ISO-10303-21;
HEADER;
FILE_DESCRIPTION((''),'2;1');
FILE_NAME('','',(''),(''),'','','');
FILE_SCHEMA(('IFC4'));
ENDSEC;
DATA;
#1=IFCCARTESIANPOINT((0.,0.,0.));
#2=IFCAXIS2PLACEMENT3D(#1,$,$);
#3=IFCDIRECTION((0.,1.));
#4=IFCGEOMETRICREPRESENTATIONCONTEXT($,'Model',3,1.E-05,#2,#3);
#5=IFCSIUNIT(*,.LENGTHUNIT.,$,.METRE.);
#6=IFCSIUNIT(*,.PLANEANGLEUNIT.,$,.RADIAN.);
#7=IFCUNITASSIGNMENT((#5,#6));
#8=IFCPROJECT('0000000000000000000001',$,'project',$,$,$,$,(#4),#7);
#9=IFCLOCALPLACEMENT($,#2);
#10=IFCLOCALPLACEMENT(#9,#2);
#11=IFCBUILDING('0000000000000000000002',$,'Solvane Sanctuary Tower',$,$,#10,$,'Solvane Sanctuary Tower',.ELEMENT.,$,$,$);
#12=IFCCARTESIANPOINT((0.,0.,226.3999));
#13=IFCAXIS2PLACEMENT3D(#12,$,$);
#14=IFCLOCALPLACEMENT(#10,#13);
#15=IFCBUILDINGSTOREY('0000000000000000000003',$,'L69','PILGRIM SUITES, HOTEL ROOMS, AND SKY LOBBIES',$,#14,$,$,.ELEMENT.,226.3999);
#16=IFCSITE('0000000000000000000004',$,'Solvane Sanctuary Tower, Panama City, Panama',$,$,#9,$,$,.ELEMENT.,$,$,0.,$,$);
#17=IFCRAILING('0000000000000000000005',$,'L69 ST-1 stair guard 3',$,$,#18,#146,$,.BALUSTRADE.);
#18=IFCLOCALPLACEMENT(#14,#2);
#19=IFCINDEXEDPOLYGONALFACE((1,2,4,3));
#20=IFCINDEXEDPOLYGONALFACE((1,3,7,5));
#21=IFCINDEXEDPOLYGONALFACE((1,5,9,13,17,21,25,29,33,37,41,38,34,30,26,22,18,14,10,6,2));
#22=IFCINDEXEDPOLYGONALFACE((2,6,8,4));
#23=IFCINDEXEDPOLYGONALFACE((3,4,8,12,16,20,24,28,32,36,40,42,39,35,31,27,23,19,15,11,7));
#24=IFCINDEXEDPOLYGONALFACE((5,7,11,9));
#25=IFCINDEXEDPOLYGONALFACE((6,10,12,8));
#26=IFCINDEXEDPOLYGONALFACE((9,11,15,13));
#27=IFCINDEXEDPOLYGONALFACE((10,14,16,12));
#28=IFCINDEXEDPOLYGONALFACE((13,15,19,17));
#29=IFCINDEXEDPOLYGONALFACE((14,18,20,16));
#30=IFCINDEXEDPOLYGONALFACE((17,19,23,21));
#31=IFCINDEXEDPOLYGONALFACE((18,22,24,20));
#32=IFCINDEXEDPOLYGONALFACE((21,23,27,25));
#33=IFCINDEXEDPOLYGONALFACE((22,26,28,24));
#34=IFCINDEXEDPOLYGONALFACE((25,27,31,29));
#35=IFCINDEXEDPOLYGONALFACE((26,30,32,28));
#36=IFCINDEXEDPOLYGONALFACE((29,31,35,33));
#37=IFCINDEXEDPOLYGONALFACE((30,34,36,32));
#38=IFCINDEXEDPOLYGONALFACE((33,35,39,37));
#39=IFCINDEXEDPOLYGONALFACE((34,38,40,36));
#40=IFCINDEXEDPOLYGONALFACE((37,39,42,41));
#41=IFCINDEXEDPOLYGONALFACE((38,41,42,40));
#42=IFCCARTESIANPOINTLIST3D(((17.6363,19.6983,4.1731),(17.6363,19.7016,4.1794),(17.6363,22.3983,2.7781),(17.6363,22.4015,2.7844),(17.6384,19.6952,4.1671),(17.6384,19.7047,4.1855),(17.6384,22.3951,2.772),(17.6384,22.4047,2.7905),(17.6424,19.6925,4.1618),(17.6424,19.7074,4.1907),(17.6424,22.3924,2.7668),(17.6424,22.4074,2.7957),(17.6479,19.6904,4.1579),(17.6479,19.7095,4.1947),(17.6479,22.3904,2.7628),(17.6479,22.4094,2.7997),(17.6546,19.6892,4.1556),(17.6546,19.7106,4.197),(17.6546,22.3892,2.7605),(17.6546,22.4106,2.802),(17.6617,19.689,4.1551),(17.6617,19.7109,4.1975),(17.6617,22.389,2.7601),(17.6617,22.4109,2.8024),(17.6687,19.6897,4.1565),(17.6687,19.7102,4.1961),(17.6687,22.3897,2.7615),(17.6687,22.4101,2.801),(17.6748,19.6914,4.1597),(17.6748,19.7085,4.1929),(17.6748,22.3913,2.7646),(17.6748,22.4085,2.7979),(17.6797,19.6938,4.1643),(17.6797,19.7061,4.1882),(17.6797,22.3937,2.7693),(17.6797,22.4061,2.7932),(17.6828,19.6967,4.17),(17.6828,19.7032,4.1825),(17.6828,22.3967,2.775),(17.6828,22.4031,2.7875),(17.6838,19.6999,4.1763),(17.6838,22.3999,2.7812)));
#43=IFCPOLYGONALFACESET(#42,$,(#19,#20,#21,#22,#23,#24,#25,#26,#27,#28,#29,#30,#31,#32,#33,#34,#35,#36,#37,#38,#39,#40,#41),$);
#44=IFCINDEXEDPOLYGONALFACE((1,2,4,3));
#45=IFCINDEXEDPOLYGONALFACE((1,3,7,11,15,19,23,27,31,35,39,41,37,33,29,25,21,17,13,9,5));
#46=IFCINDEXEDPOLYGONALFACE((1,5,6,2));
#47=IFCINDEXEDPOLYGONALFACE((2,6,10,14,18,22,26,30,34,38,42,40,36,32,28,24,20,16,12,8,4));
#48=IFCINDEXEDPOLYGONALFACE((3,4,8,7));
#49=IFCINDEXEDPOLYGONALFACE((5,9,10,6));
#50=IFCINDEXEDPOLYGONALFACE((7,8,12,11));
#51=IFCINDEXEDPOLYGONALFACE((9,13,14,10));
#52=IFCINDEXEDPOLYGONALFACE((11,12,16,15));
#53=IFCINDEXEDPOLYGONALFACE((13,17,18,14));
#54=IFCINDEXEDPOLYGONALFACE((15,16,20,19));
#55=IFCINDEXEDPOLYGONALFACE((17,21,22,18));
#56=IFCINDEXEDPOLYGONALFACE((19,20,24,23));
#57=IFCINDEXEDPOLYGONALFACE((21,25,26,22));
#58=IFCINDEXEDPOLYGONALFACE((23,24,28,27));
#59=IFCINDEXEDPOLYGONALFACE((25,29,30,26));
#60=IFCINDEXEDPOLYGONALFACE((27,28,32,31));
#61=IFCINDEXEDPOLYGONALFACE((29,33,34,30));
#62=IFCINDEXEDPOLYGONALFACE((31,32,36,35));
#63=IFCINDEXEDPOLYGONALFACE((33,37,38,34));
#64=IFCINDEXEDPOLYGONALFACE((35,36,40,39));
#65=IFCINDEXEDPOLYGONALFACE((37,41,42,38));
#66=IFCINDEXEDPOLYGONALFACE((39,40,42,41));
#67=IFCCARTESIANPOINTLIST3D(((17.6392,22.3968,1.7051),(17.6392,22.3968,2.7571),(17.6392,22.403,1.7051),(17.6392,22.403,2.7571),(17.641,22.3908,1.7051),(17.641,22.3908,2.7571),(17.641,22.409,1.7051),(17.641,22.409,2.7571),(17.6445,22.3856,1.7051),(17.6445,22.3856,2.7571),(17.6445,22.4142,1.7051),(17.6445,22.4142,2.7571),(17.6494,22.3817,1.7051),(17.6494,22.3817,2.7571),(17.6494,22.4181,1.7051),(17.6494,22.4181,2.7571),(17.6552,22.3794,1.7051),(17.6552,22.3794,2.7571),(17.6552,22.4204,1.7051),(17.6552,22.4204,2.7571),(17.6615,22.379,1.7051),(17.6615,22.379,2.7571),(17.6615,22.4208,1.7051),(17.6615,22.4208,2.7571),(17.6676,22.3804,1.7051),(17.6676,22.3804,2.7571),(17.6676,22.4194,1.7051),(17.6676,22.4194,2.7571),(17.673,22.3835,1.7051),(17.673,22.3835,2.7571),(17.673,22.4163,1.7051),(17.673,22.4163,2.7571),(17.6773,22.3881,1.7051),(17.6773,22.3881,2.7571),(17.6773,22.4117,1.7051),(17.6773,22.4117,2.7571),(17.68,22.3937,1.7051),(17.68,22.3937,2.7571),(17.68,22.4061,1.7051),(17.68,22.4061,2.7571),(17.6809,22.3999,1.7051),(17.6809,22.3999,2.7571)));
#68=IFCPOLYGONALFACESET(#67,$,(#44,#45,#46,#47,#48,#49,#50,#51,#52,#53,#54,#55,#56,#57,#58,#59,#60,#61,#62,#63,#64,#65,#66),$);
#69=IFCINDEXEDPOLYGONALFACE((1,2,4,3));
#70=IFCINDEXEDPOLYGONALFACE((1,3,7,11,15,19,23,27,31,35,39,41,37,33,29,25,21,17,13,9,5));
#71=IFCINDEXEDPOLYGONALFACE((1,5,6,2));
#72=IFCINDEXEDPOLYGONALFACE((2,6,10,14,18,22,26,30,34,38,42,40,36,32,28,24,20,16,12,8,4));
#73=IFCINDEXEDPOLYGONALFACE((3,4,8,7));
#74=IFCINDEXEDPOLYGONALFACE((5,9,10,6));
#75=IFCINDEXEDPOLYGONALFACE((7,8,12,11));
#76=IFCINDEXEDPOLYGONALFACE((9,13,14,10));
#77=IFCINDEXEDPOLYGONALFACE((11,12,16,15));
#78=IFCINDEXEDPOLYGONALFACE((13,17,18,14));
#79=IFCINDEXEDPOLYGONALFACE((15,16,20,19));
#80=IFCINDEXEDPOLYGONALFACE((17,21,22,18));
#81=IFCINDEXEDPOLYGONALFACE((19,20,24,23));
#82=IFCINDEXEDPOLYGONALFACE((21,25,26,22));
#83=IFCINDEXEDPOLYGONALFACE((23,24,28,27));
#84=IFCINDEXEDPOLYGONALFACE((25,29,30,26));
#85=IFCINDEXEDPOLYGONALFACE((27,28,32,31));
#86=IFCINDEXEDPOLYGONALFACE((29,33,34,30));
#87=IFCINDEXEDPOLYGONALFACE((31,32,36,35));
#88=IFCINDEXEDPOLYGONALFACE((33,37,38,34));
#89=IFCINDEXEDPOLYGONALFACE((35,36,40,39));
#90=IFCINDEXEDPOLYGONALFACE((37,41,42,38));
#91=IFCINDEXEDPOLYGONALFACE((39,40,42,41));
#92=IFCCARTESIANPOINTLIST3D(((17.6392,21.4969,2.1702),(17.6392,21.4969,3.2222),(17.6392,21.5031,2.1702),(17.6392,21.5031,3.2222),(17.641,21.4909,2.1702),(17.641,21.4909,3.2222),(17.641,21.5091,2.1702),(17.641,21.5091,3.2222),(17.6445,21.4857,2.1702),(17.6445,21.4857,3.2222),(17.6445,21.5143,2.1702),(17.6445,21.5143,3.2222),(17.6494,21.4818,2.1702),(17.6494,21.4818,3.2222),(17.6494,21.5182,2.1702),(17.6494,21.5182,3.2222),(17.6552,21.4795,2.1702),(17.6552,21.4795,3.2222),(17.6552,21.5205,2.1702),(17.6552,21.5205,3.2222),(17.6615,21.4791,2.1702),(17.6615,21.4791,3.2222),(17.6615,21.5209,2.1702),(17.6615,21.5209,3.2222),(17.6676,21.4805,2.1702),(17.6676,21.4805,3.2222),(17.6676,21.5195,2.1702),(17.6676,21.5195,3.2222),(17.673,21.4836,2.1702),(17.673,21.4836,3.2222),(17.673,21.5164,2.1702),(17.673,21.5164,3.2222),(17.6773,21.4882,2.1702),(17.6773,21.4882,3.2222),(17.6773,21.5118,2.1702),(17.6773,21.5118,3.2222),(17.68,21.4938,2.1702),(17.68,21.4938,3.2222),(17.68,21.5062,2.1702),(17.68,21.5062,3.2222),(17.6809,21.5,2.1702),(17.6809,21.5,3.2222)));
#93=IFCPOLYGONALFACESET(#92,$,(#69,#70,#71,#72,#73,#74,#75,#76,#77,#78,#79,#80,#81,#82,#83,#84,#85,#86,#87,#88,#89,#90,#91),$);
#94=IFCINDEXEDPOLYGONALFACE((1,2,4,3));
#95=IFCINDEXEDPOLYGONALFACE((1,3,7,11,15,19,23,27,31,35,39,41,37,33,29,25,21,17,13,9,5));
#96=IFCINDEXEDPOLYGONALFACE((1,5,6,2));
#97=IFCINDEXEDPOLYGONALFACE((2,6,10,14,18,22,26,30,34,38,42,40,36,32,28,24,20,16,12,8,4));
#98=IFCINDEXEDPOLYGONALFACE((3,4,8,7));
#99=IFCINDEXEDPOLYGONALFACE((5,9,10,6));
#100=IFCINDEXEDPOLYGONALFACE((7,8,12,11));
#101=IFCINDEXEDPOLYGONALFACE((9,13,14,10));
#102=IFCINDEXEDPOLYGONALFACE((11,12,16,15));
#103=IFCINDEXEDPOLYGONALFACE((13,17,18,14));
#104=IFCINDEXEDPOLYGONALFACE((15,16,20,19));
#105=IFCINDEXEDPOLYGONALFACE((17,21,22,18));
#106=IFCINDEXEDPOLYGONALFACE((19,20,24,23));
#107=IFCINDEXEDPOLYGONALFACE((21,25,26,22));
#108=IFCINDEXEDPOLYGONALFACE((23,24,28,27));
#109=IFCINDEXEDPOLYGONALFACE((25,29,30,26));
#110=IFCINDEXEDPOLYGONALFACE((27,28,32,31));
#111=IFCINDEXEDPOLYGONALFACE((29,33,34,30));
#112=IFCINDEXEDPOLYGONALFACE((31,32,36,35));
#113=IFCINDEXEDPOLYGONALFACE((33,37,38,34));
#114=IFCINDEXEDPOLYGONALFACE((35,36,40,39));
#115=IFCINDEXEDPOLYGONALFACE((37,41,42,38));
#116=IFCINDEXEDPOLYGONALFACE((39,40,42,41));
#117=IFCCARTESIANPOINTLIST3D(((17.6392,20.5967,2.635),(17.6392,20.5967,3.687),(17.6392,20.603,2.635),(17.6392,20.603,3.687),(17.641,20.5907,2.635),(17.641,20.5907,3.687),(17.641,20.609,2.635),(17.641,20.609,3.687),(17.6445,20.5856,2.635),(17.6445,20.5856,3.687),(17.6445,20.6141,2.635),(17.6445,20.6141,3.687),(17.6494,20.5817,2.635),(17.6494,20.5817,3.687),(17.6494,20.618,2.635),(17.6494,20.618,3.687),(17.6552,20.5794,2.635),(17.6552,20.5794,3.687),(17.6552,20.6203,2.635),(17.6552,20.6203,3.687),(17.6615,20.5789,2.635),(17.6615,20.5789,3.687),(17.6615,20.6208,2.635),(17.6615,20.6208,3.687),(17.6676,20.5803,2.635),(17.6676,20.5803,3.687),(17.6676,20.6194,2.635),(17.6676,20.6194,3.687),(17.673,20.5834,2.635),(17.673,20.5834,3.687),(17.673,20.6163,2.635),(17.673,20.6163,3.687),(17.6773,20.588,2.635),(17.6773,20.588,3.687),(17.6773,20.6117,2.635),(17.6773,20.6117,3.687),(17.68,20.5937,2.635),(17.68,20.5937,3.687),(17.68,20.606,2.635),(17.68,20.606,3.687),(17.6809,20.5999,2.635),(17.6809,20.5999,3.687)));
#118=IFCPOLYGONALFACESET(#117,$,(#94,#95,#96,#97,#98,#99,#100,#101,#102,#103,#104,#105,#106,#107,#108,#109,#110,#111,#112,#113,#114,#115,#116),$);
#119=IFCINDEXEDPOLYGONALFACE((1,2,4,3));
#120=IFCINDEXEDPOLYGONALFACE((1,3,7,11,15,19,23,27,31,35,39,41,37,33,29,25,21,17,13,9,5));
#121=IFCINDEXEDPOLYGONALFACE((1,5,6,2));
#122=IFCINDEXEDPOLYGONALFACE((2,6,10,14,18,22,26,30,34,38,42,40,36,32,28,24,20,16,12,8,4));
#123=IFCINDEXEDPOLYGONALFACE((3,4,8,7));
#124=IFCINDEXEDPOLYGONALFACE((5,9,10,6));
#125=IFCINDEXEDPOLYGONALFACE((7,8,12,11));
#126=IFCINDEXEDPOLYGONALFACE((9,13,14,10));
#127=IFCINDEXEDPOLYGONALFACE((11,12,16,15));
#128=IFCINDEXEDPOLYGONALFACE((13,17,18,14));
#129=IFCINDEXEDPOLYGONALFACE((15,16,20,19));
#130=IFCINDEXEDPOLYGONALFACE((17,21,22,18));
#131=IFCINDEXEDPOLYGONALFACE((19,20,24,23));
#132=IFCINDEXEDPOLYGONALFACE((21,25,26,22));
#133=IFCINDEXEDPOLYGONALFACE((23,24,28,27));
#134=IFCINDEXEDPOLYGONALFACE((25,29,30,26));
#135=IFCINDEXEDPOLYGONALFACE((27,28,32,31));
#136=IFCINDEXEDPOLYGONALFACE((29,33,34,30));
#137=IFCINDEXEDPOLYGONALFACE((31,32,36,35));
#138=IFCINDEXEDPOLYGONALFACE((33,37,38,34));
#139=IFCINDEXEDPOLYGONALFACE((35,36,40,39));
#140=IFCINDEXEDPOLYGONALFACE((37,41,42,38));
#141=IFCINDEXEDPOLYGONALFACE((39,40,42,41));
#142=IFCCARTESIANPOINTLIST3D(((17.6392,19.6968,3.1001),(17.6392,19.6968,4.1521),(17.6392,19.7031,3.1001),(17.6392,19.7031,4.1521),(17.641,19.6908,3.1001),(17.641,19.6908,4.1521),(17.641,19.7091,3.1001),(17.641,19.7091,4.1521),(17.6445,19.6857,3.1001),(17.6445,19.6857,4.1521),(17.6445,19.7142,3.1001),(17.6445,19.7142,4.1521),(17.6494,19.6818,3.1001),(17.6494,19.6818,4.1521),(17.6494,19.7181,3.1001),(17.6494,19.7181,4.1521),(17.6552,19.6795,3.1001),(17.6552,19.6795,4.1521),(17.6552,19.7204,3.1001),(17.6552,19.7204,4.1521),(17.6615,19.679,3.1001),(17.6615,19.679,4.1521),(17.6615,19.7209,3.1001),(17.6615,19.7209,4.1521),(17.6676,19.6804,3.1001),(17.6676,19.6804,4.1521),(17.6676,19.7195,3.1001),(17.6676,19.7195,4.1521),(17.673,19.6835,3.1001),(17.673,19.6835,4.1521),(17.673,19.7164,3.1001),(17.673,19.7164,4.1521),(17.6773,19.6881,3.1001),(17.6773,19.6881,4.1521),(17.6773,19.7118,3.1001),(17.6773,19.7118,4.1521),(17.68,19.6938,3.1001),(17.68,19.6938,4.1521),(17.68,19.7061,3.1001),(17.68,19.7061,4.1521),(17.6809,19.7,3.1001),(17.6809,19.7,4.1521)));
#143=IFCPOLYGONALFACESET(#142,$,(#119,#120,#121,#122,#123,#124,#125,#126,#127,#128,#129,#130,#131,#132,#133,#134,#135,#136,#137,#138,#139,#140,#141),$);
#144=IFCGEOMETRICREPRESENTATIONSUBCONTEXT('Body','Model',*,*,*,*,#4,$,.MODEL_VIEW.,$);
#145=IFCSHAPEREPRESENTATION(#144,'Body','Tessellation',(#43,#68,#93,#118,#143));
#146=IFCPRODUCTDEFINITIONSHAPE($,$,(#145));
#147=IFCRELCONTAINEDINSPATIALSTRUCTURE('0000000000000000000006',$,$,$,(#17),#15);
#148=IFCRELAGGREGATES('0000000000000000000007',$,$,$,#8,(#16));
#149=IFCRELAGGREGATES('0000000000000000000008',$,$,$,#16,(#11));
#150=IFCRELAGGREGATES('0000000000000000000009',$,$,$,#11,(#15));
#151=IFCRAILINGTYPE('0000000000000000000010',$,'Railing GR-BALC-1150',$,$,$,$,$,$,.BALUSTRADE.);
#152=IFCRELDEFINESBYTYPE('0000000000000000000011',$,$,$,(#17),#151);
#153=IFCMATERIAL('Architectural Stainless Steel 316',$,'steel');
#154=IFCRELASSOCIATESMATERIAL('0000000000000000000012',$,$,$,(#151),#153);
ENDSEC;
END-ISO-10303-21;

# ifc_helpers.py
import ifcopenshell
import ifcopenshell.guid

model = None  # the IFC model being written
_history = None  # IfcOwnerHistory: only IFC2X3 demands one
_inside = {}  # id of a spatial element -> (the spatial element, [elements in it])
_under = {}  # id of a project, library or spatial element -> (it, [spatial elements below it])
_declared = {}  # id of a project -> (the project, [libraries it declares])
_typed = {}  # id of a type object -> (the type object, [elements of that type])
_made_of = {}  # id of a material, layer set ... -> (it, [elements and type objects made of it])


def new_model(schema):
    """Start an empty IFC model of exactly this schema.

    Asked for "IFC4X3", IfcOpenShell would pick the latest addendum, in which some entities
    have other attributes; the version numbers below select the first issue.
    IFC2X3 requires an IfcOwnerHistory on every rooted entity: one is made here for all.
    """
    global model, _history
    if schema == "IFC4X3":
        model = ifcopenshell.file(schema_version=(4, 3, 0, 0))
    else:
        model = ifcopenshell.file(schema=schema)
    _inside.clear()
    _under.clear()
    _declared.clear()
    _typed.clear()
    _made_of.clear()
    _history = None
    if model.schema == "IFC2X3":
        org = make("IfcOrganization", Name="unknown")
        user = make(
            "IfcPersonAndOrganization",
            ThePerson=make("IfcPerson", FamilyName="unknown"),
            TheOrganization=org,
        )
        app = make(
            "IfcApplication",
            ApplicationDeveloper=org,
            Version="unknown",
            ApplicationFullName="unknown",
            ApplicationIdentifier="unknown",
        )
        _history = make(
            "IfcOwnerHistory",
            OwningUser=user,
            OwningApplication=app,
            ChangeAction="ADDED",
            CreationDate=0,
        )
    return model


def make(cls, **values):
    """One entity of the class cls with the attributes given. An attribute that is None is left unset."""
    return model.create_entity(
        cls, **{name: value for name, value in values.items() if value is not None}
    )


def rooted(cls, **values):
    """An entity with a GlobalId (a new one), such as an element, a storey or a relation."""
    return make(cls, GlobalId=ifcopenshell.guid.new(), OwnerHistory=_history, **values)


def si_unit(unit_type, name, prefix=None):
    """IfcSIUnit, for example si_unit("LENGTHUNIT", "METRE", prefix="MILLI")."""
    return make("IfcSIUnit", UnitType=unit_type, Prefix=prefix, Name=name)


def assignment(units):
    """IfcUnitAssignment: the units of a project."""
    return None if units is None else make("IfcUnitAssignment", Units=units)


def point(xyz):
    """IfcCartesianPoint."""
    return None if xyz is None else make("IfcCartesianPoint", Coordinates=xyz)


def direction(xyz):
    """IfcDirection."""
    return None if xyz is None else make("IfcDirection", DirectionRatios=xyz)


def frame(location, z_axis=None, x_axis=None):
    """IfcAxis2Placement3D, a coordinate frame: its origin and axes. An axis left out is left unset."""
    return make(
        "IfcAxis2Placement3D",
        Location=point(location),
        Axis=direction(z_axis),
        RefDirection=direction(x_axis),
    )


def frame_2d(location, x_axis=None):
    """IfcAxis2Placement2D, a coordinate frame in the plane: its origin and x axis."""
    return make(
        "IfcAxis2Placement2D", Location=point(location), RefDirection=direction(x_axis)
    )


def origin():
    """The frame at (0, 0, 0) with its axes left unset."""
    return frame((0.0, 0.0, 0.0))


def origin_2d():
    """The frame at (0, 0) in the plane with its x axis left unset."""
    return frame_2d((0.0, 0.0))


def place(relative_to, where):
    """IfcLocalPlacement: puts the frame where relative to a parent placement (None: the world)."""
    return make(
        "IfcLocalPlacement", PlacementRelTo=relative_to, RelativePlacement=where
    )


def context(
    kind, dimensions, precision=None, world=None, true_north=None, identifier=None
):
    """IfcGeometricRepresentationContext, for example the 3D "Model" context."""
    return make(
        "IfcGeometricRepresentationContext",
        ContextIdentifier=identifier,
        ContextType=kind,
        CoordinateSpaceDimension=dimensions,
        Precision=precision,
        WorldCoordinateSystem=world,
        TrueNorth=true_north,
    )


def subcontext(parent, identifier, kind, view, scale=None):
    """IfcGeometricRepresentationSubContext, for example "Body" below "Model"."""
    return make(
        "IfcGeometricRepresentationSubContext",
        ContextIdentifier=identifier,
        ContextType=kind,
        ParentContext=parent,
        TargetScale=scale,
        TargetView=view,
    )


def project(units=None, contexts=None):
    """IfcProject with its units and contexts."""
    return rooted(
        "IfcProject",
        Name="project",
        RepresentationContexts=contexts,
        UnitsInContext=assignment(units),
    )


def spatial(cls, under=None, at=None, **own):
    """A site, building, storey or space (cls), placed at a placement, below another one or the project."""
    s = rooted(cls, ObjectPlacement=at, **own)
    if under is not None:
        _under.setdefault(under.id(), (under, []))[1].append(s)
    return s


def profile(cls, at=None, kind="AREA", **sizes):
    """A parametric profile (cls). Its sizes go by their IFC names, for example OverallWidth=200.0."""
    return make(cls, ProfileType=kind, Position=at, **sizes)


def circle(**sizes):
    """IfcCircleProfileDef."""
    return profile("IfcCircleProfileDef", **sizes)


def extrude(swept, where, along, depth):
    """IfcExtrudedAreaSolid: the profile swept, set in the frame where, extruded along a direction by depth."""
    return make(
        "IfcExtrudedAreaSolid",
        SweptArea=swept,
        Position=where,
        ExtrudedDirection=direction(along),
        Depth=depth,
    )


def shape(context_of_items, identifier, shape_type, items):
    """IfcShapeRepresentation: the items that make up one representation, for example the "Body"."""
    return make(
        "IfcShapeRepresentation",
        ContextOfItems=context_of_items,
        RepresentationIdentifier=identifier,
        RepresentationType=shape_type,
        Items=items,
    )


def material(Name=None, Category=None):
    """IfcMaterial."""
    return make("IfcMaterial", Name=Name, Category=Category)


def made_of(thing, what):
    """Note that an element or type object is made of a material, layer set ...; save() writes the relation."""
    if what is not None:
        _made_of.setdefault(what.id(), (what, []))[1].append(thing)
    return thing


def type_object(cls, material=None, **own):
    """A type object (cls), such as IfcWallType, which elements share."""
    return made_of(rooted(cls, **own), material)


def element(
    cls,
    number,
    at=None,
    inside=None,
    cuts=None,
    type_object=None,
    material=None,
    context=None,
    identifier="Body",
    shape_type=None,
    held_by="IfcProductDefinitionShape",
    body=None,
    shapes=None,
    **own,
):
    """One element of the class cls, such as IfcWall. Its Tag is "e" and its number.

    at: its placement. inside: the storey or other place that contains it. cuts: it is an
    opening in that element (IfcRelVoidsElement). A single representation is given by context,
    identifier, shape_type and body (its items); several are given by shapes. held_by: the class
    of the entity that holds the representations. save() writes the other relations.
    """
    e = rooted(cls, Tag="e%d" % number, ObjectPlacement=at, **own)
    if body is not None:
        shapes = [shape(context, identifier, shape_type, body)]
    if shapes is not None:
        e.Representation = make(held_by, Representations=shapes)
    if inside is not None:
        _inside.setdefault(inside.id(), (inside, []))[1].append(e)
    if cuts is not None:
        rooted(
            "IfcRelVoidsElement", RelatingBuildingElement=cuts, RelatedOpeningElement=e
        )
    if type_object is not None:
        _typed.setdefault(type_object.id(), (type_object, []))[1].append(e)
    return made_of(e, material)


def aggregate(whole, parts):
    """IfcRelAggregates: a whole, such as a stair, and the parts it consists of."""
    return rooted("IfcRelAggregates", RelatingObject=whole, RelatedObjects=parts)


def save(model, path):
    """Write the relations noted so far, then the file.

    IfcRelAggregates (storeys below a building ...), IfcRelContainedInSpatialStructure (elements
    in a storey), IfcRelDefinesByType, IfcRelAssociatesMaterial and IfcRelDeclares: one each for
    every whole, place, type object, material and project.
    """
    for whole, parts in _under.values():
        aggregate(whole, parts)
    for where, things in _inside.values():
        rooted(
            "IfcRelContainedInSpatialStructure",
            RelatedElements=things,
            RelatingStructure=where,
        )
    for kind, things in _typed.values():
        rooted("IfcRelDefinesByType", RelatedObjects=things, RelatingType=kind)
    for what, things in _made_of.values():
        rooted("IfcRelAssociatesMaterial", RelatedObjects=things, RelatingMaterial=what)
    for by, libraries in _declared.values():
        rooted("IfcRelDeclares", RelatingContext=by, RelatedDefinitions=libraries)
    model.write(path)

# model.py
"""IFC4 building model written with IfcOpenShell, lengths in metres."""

from ifc_helpers import new_model, si_unit, direction, frame, origin, origin_2d, place, context, subcontext, project, spatial, circle, extrude, material, type_object, element, save


model = new_model("IFC4")

# Units and contexts
model_context = context("Model", 3, precision=1e-05, world=origin(), true_north=direction((0.0, 1.0)))
body_context = subcontext(model_context, "Body", "Model", "MODEL_VIEW")
ifc_project = project(units=[si_unit("LENGTHUNIT", "METRE"), si_unit("PLANEANGLEUNIT", "RADIAN")], contexts=[model_context])

# Site, building, storey
site_placement = place(None, origin())
site = spatial("IfcSite", under=ifc_project, at=site_placement, Name="Solvane Sanctuary Tower, Panama City, Panama", CompositionType="ELEMENT", RefElevation=0.0)
building_placement = place(site_placement, origin())
building = spatial("IfcBuilding", under=site, at=building_placement, Name="Solvane Sanctuary Tower", LongName="Solvane Sanctuary Tower", CompositionType="ELEMENT")
storey_placement = place(building_placement, frame((0.0, 0.0, 226.3999)))
storey = spatial("IfcBuildingStorey", under=building, at=storey_placement, Name="L69", Description="PILGRIM SUITES, HOTEL ROOMS, AND SKY LOBBIES", CompositionType="ELEMENT", Elevation=226.3999)

# Shared definitions
ifc_material_1 = material(Name="Architectural Stainless Steel 316", Category="steel")

# Railing
railing_type_1 = type_object("IfcRailingType", Name="Railing GR-BALC-1150", PredefinedType="BALUSTRADE", material=ifc_material_1)
railing_1_placement = place(storey_placement, frame((17.6599, 22.3999, 1.7051)))
element("IfcRailing", 1, at=railing_1_placement, inside=storey, type_object=railing_type_1, Name="L69 ST-1 stair guard 3", PredefinedType="BALUSTRADE", context=body_context, shape_type="SweptSolid", body=[
    extrude(circle(Radius=0.0239, at=origin_2d()), frame((0.0, 0.0, 1.0762), z_axis=(0.0, -0.88842, 0.459032), x_axis=(1.0, 0.0, 0.0)), (0.0, 0.0, 1.0), 3.0391),
    extrude(circle(Radius=0.021, at=origin_2d()), origin(), (0.0, 0.0, 1.0), 1.052),
    extrude(circle(Radius=0.021, at=origin_2d()), frame((0.0, -0.8999, 0.4651)), (0.0, 0.0, 1.0), 1.052),
    extrude(circle(Radius=0.021, at=origin_2d()), frame((0.0, -1.8, 0.9299)), (0.0, 0.0, 1.0), 1.052),
    extrude(circle(Radius=0.021, at=origin_2d()), frame((0.0, -2.7, 1.395)), (0.0, 0.0, 1.0), 1.052),
])

save(model, "model.ifc")
